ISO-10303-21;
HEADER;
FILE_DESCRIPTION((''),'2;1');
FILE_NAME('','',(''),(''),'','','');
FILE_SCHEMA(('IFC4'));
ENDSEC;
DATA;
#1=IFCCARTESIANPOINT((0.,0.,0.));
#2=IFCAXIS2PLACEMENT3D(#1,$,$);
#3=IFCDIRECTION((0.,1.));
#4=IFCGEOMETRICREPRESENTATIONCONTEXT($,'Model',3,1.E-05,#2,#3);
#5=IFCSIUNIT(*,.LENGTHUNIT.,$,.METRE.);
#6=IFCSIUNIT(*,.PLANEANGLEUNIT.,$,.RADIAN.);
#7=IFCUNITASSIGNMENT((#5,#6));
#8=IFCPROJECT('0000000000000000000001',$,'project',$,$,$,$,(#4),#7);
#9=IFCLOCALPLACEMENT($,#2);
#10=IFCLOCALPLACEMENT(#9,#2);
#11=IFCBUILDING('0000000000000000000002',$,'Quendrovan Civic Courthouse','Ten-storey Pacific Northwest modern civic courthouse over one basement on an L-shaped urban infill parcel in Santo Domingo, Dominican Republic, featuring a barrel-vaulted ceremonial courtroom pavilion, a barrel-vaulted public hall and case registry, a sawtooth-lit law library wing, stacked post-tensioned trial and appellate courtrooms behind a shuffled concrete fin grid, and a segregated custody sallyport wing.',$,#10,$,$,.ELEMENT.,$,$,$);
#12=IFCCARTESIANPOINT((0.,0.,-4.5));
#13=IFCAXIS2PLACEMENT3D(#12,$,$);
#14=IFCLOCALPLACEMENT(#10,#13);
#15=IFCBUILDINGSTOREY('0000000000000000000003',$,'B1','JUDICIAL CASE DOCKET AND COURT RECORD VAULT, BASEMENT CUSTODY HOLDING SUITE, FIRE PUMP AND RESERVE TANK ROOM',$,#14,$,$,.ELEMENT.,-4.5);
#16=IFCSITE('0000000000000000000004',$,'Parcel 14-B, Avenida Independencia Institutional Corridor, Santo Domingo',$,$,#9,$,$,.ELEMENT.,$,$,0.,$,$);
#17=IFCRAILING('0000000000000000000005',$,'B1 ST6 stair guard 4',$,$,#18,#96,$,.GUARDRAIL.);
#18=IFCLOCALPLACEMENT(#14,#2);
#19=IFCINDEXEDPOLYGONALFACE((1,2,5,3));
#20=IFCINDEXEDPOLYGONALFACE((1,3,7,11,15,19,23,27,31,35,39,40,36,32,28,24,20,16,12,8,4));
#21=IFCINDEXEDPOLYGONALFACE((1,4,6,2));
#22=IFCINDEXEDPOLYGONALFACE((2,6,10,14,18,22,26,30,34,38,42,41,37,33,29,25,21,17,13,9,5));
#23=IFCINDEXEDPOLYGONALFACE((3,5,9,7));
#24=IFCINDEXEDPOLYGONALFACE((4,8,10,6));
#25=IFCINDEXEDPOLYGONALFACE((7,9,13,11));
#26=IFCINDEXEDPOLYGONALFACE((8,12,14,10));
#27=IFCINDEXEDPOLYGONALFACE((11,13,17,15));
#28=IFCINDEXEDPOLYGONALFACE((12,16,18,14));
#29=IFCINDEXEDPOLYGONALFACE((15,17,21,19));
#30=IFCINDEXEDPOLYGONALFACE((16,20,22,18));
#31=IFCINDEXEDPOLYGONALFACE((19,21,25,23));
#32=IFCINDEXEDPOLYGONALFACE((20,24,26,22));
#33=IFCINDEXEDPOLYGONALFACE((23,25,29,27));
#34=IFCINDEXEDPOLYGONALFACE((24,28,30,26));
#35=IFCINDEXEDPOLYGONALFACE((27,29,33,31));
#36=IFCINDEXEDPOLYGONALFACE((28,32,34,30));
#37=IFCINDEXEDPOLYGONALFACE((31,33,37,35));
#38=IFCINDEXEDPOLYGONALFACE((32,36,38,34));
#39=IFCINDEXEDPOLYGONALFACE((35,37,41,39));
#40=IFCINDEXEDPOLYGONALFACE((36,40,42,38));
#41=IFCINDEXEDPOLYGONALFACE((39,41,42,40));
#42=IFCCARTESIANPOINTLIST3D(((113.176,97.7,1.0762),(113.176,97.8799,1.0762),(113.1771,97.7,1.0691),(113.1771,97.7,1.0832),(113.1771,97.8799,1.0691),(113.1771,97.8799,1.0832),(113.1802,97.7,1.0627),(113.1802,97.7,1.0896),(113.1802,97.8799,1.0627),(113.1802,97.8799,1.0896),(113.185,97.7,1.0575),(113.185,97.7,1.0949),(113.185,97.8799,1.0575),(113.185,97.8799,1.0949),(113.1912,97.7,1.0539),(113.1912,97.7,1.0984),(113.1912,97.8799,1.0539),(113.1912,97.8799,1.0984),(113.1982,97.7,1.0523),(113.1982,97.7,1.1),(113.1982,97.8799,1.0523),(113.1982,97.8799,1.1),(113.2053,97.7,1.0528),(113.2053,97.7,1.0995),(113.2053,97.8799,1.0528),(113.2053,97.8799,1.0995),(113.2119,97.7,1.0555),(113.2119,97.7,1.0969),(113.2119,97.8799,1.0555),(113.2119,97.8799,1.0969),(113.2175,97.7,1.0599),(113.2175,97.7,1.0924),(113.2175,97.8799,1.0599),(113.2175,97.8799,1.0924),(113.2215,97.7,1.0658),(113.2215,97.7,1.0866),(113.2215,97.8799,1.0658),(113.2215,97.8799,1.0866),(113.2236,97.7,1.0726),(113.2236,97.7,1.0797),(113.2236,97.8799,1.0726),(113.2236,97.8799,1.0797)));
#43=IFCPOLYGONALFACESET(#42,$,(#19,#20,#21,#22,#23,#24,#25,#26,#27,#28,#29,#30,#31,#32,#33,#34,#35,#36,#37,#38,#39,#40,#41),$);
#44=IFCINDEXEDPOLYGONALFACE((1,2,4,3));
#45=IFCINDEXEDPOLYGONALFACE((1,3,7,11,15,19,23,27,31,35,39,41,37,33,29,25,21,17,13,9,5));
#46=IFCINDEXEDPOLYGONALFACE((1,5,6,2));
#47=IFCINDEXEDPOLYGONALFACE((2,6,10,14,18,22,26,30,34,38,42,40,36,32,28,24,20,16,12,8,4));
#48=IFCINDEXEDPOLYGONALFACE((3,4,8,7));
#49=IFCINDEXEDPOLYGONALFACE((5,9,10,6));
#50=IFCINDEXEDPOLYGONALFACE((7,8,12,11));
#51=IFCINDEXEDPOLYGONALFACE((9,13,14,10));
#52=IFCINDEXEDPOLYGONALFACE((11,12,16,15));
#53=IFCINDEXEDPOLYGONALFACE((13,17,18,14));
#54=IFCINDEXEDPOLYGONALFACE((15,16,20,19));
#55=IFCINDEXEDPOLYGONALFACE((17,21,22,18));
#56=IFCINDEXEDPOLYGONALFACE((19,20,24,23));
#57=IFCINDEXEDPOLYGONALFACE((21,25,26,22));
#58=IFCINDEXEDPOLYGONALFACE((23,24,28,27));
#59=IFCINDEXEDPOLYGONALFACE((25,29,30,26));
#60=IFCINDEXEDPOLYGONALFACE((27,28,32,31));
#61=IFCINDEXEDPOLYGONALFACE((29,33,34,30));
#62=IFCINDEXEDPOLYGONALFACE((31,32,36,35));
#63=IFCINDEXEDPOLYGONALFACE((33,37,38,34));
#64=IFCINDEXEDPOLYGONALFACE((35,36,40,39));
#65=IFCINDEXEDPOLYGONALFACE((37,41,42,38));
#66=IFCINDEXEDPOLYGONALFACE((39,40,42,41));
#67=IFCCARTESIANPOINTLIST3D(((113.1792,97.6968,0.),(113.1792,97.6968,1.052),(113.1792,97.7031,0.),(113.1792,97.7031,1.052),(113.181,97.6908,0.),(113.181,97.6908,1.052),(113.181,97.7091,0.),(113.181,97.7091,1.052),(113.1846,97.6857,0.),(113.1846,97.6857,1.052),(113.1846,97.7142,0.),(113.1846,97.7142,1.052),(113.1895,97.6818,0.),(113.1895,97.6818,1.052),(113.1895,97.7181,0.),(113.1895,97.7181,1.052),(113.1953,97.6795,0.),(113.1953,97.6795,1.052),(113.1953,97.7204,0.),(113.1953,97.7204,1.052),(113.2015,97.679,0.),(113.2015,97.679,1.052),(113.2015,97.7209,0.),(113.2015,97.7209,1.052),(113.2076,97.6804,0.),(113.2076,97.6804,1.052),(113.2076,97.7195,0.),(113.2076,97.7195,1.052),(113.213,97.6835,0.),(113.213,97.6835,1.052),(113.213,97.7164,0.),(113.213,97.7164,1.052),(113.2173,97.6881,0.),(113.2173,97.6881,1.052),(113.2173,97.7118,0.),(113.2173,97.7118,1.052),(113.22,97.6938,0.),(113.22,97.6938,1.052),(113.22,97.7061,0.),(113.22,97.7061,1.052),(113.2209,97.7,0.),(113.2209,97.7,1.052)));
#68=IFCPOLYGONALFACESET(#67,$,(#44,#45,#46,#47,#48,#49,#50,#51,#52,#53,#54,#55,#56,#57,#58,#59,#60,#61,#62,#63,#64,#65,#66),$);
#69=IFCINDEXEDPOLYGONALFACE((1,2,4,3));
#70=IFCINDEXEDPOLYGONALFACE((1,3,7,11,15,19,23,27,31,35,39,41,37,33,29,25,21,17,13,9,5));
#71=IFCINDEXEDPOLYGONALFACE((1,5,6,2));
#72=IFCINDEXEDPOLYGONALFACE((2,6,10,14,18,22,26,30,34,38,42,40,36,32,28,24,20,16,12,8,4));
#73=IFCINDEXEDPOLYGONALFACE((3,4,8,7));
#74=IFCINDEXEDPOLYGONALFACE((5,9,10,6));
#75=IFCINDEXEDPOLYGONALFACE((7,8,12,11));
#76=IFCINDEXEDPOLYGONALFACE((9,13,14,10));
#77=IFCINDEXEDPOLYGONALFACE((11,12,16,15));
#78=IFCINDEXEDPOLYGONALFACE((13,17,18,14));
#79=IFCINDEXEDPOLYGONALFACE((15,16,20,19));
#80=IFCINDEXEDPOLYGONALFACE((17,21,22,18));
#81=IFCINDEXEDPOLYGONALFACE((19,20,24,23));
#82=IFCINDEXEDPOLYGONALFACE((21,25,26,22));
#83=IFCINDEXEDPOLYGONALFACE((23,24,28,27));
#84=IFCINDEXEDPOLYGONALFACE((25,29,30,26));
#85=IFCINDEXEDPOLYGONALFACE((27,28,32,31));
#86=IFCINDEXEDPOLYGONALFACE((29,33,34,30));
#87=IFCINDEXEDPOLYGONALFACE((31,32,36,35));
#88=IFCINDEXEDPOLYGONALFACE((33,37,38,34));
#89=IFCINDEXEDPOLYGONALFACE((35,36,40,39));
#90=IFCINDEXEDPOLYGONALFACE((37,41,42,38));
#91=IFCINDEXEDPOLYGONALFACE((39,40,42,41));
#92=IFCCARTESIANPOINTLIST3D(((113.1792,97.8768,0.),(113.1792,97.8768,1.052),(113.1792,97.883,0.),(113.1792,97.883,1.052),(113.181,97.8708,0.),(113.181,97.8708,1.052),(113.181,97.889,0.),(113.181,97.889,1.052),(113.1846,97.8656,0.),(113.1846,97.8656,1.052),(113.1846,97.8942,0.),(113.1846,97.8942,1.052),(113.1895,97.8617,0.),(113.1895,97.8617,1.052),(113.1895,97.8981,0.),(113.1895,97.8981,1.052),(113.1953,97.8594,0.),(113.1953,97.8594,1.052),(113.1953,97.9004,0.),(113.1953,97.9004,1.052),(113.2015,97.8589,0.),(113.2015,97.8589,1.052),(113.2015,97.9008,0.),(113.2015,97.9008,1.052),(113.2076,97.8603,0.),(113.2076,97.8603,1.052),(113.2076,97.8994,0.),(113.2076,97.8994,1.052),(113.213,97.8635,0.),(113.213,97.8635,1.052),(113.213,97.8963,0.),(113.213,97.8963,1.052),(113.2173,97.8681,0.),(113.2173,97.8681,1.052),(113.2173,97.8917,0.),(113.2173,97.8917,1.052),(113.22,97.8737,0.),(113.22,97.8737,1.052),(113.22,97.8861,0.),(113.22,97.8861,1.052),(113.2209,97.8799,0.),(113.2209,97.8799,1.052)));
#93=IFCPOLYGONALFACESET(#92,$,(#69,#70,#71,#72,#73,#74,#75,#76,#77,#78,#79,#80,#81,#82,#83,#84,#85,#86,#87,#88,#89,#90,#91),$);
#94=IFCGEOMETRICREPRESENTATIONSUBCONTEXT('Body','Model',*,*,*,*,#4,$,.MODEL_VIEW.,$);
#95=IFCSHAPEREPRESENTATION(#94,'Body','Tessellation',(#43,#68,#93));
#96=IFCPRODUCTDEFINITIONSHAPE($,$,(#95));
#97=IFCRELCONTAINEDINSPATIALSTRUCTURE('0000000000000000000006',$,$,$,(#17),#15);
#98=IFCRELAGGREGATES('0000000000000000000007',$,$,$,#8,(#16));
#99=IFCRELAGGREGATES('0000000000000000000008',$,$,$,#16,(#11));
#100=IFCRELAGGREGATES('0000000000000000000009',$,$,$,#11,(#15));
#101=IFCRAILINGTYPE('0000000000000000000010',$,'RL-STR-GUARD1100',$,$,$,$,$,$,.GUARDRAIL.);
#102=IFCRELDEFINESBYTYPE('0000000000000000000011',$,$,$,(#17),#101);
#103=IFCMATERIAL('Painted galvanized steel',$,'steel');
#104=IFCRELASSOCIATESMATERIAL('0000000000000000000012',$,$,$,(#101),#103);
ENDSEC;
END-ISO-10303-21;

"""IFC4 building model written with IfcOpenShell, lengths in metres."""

from ifc_helpers import new_model, si_unit, direction, frame, origin, origin_2d, place, context, subcontext, project, spatial, circle, extrude, material, type_object, element, save


model = new_model("IFC4")

# Units and contexts
model_context = context("Model", 3, precision=1e-05, world=origin(), true_north=direction((0.0, 1.0)))
body_context = subcontext(model_context, "Body", "Model", "MODEL_VIEW")
ifc_project = project(units=[si_unit("LENGTHUNIT", "METRE"), si_unit("PLANEANGLEUNIT", "RADIAN")], contexts=[model_context])

# Site, building, storey
site_placement = place(None, origin())
site = spatial("IfcSite", under=ifc_project, at=site_placement, Name="Parcel 14-B, Avenida Independencia Institutional Corridor, Santo Domingo", CompositionType="ELEMENT", RefElevation=0.0)
building_placement = place(site_placement, origin())
building = spatial("IfcBuilding", under=site, at=building_placement, Name="Quendrovan Civic Courthouse", Description="Ten-storey Pacific Northwest modern civic courthouse over one basement on an L-shaped urban infill parcel in Santo Domingo, Dominican Republic, featuring a barrel-vaulted ceremonial courtroom pavilion, a barrel-vaulted public hall and case registry, a sawtooth-lit law library wing, stacked post-tensioned trial and appellate courtrooms behind a shuffled concrete fin grid, and a segregated custody sallyport wing.", CompositionType="ELEMENT")
storey_placement = place(building_placement, frame((0.0, 0.0, -4.5)))
storey = spatial("IfcBuildingStorey", under=building, at=storey_placement, Name="B1", Description="JUDICIAL CASE DOCKET AND COURT RECORD VAULT, BASEMENT CUSTODY HOLDING SUITE, FIRE PUMP AND RESERVE TANK ROOM", CompositionType="ELEMENT", Elevation=-4.5)

# Railing
ifc_material_1 = material(Name="Painted galvanized steel", Category="steel")
railing_type_1 = type_object("IfcRailingType", Name="RL-STR-GUARD1100", PredefinedType="GUARDRAIL", material=ifc_material_1)
railing_1_placement = place(storey_placement, frame((113.2, 97.7, 0.0)))
element("IfcRailing", 1, at=railing_1_placement, inside=storey, type_object=railing_type_1, Name="B1 ST6 stair guard 4", PredefinedType="GUARDRAIL", context=body_context, shape_type="SweptSolid", body=[
    extrude(circle(Radius=0.0239, at=origin_2d()), frame((0.0, 0.0, 1.0762), z_axis=(0.0, 1.0, 0.0), x_axis=(-1.0, 0.0, 0.0)), (0.0, 0.0, 1.0), 0.1799),
    extrude(circle(Radius=0.021, at=origin_2d()), origin(), (0.0, 0.0, 1.0), 1.052),
    extrude(circle(Radius=0.021, at=origin_2d()), frame((0.0, 0.1799, 0.0)), (0.0, 0.0, 1.0), 1.052),
])

save(model, "model.ifc")
